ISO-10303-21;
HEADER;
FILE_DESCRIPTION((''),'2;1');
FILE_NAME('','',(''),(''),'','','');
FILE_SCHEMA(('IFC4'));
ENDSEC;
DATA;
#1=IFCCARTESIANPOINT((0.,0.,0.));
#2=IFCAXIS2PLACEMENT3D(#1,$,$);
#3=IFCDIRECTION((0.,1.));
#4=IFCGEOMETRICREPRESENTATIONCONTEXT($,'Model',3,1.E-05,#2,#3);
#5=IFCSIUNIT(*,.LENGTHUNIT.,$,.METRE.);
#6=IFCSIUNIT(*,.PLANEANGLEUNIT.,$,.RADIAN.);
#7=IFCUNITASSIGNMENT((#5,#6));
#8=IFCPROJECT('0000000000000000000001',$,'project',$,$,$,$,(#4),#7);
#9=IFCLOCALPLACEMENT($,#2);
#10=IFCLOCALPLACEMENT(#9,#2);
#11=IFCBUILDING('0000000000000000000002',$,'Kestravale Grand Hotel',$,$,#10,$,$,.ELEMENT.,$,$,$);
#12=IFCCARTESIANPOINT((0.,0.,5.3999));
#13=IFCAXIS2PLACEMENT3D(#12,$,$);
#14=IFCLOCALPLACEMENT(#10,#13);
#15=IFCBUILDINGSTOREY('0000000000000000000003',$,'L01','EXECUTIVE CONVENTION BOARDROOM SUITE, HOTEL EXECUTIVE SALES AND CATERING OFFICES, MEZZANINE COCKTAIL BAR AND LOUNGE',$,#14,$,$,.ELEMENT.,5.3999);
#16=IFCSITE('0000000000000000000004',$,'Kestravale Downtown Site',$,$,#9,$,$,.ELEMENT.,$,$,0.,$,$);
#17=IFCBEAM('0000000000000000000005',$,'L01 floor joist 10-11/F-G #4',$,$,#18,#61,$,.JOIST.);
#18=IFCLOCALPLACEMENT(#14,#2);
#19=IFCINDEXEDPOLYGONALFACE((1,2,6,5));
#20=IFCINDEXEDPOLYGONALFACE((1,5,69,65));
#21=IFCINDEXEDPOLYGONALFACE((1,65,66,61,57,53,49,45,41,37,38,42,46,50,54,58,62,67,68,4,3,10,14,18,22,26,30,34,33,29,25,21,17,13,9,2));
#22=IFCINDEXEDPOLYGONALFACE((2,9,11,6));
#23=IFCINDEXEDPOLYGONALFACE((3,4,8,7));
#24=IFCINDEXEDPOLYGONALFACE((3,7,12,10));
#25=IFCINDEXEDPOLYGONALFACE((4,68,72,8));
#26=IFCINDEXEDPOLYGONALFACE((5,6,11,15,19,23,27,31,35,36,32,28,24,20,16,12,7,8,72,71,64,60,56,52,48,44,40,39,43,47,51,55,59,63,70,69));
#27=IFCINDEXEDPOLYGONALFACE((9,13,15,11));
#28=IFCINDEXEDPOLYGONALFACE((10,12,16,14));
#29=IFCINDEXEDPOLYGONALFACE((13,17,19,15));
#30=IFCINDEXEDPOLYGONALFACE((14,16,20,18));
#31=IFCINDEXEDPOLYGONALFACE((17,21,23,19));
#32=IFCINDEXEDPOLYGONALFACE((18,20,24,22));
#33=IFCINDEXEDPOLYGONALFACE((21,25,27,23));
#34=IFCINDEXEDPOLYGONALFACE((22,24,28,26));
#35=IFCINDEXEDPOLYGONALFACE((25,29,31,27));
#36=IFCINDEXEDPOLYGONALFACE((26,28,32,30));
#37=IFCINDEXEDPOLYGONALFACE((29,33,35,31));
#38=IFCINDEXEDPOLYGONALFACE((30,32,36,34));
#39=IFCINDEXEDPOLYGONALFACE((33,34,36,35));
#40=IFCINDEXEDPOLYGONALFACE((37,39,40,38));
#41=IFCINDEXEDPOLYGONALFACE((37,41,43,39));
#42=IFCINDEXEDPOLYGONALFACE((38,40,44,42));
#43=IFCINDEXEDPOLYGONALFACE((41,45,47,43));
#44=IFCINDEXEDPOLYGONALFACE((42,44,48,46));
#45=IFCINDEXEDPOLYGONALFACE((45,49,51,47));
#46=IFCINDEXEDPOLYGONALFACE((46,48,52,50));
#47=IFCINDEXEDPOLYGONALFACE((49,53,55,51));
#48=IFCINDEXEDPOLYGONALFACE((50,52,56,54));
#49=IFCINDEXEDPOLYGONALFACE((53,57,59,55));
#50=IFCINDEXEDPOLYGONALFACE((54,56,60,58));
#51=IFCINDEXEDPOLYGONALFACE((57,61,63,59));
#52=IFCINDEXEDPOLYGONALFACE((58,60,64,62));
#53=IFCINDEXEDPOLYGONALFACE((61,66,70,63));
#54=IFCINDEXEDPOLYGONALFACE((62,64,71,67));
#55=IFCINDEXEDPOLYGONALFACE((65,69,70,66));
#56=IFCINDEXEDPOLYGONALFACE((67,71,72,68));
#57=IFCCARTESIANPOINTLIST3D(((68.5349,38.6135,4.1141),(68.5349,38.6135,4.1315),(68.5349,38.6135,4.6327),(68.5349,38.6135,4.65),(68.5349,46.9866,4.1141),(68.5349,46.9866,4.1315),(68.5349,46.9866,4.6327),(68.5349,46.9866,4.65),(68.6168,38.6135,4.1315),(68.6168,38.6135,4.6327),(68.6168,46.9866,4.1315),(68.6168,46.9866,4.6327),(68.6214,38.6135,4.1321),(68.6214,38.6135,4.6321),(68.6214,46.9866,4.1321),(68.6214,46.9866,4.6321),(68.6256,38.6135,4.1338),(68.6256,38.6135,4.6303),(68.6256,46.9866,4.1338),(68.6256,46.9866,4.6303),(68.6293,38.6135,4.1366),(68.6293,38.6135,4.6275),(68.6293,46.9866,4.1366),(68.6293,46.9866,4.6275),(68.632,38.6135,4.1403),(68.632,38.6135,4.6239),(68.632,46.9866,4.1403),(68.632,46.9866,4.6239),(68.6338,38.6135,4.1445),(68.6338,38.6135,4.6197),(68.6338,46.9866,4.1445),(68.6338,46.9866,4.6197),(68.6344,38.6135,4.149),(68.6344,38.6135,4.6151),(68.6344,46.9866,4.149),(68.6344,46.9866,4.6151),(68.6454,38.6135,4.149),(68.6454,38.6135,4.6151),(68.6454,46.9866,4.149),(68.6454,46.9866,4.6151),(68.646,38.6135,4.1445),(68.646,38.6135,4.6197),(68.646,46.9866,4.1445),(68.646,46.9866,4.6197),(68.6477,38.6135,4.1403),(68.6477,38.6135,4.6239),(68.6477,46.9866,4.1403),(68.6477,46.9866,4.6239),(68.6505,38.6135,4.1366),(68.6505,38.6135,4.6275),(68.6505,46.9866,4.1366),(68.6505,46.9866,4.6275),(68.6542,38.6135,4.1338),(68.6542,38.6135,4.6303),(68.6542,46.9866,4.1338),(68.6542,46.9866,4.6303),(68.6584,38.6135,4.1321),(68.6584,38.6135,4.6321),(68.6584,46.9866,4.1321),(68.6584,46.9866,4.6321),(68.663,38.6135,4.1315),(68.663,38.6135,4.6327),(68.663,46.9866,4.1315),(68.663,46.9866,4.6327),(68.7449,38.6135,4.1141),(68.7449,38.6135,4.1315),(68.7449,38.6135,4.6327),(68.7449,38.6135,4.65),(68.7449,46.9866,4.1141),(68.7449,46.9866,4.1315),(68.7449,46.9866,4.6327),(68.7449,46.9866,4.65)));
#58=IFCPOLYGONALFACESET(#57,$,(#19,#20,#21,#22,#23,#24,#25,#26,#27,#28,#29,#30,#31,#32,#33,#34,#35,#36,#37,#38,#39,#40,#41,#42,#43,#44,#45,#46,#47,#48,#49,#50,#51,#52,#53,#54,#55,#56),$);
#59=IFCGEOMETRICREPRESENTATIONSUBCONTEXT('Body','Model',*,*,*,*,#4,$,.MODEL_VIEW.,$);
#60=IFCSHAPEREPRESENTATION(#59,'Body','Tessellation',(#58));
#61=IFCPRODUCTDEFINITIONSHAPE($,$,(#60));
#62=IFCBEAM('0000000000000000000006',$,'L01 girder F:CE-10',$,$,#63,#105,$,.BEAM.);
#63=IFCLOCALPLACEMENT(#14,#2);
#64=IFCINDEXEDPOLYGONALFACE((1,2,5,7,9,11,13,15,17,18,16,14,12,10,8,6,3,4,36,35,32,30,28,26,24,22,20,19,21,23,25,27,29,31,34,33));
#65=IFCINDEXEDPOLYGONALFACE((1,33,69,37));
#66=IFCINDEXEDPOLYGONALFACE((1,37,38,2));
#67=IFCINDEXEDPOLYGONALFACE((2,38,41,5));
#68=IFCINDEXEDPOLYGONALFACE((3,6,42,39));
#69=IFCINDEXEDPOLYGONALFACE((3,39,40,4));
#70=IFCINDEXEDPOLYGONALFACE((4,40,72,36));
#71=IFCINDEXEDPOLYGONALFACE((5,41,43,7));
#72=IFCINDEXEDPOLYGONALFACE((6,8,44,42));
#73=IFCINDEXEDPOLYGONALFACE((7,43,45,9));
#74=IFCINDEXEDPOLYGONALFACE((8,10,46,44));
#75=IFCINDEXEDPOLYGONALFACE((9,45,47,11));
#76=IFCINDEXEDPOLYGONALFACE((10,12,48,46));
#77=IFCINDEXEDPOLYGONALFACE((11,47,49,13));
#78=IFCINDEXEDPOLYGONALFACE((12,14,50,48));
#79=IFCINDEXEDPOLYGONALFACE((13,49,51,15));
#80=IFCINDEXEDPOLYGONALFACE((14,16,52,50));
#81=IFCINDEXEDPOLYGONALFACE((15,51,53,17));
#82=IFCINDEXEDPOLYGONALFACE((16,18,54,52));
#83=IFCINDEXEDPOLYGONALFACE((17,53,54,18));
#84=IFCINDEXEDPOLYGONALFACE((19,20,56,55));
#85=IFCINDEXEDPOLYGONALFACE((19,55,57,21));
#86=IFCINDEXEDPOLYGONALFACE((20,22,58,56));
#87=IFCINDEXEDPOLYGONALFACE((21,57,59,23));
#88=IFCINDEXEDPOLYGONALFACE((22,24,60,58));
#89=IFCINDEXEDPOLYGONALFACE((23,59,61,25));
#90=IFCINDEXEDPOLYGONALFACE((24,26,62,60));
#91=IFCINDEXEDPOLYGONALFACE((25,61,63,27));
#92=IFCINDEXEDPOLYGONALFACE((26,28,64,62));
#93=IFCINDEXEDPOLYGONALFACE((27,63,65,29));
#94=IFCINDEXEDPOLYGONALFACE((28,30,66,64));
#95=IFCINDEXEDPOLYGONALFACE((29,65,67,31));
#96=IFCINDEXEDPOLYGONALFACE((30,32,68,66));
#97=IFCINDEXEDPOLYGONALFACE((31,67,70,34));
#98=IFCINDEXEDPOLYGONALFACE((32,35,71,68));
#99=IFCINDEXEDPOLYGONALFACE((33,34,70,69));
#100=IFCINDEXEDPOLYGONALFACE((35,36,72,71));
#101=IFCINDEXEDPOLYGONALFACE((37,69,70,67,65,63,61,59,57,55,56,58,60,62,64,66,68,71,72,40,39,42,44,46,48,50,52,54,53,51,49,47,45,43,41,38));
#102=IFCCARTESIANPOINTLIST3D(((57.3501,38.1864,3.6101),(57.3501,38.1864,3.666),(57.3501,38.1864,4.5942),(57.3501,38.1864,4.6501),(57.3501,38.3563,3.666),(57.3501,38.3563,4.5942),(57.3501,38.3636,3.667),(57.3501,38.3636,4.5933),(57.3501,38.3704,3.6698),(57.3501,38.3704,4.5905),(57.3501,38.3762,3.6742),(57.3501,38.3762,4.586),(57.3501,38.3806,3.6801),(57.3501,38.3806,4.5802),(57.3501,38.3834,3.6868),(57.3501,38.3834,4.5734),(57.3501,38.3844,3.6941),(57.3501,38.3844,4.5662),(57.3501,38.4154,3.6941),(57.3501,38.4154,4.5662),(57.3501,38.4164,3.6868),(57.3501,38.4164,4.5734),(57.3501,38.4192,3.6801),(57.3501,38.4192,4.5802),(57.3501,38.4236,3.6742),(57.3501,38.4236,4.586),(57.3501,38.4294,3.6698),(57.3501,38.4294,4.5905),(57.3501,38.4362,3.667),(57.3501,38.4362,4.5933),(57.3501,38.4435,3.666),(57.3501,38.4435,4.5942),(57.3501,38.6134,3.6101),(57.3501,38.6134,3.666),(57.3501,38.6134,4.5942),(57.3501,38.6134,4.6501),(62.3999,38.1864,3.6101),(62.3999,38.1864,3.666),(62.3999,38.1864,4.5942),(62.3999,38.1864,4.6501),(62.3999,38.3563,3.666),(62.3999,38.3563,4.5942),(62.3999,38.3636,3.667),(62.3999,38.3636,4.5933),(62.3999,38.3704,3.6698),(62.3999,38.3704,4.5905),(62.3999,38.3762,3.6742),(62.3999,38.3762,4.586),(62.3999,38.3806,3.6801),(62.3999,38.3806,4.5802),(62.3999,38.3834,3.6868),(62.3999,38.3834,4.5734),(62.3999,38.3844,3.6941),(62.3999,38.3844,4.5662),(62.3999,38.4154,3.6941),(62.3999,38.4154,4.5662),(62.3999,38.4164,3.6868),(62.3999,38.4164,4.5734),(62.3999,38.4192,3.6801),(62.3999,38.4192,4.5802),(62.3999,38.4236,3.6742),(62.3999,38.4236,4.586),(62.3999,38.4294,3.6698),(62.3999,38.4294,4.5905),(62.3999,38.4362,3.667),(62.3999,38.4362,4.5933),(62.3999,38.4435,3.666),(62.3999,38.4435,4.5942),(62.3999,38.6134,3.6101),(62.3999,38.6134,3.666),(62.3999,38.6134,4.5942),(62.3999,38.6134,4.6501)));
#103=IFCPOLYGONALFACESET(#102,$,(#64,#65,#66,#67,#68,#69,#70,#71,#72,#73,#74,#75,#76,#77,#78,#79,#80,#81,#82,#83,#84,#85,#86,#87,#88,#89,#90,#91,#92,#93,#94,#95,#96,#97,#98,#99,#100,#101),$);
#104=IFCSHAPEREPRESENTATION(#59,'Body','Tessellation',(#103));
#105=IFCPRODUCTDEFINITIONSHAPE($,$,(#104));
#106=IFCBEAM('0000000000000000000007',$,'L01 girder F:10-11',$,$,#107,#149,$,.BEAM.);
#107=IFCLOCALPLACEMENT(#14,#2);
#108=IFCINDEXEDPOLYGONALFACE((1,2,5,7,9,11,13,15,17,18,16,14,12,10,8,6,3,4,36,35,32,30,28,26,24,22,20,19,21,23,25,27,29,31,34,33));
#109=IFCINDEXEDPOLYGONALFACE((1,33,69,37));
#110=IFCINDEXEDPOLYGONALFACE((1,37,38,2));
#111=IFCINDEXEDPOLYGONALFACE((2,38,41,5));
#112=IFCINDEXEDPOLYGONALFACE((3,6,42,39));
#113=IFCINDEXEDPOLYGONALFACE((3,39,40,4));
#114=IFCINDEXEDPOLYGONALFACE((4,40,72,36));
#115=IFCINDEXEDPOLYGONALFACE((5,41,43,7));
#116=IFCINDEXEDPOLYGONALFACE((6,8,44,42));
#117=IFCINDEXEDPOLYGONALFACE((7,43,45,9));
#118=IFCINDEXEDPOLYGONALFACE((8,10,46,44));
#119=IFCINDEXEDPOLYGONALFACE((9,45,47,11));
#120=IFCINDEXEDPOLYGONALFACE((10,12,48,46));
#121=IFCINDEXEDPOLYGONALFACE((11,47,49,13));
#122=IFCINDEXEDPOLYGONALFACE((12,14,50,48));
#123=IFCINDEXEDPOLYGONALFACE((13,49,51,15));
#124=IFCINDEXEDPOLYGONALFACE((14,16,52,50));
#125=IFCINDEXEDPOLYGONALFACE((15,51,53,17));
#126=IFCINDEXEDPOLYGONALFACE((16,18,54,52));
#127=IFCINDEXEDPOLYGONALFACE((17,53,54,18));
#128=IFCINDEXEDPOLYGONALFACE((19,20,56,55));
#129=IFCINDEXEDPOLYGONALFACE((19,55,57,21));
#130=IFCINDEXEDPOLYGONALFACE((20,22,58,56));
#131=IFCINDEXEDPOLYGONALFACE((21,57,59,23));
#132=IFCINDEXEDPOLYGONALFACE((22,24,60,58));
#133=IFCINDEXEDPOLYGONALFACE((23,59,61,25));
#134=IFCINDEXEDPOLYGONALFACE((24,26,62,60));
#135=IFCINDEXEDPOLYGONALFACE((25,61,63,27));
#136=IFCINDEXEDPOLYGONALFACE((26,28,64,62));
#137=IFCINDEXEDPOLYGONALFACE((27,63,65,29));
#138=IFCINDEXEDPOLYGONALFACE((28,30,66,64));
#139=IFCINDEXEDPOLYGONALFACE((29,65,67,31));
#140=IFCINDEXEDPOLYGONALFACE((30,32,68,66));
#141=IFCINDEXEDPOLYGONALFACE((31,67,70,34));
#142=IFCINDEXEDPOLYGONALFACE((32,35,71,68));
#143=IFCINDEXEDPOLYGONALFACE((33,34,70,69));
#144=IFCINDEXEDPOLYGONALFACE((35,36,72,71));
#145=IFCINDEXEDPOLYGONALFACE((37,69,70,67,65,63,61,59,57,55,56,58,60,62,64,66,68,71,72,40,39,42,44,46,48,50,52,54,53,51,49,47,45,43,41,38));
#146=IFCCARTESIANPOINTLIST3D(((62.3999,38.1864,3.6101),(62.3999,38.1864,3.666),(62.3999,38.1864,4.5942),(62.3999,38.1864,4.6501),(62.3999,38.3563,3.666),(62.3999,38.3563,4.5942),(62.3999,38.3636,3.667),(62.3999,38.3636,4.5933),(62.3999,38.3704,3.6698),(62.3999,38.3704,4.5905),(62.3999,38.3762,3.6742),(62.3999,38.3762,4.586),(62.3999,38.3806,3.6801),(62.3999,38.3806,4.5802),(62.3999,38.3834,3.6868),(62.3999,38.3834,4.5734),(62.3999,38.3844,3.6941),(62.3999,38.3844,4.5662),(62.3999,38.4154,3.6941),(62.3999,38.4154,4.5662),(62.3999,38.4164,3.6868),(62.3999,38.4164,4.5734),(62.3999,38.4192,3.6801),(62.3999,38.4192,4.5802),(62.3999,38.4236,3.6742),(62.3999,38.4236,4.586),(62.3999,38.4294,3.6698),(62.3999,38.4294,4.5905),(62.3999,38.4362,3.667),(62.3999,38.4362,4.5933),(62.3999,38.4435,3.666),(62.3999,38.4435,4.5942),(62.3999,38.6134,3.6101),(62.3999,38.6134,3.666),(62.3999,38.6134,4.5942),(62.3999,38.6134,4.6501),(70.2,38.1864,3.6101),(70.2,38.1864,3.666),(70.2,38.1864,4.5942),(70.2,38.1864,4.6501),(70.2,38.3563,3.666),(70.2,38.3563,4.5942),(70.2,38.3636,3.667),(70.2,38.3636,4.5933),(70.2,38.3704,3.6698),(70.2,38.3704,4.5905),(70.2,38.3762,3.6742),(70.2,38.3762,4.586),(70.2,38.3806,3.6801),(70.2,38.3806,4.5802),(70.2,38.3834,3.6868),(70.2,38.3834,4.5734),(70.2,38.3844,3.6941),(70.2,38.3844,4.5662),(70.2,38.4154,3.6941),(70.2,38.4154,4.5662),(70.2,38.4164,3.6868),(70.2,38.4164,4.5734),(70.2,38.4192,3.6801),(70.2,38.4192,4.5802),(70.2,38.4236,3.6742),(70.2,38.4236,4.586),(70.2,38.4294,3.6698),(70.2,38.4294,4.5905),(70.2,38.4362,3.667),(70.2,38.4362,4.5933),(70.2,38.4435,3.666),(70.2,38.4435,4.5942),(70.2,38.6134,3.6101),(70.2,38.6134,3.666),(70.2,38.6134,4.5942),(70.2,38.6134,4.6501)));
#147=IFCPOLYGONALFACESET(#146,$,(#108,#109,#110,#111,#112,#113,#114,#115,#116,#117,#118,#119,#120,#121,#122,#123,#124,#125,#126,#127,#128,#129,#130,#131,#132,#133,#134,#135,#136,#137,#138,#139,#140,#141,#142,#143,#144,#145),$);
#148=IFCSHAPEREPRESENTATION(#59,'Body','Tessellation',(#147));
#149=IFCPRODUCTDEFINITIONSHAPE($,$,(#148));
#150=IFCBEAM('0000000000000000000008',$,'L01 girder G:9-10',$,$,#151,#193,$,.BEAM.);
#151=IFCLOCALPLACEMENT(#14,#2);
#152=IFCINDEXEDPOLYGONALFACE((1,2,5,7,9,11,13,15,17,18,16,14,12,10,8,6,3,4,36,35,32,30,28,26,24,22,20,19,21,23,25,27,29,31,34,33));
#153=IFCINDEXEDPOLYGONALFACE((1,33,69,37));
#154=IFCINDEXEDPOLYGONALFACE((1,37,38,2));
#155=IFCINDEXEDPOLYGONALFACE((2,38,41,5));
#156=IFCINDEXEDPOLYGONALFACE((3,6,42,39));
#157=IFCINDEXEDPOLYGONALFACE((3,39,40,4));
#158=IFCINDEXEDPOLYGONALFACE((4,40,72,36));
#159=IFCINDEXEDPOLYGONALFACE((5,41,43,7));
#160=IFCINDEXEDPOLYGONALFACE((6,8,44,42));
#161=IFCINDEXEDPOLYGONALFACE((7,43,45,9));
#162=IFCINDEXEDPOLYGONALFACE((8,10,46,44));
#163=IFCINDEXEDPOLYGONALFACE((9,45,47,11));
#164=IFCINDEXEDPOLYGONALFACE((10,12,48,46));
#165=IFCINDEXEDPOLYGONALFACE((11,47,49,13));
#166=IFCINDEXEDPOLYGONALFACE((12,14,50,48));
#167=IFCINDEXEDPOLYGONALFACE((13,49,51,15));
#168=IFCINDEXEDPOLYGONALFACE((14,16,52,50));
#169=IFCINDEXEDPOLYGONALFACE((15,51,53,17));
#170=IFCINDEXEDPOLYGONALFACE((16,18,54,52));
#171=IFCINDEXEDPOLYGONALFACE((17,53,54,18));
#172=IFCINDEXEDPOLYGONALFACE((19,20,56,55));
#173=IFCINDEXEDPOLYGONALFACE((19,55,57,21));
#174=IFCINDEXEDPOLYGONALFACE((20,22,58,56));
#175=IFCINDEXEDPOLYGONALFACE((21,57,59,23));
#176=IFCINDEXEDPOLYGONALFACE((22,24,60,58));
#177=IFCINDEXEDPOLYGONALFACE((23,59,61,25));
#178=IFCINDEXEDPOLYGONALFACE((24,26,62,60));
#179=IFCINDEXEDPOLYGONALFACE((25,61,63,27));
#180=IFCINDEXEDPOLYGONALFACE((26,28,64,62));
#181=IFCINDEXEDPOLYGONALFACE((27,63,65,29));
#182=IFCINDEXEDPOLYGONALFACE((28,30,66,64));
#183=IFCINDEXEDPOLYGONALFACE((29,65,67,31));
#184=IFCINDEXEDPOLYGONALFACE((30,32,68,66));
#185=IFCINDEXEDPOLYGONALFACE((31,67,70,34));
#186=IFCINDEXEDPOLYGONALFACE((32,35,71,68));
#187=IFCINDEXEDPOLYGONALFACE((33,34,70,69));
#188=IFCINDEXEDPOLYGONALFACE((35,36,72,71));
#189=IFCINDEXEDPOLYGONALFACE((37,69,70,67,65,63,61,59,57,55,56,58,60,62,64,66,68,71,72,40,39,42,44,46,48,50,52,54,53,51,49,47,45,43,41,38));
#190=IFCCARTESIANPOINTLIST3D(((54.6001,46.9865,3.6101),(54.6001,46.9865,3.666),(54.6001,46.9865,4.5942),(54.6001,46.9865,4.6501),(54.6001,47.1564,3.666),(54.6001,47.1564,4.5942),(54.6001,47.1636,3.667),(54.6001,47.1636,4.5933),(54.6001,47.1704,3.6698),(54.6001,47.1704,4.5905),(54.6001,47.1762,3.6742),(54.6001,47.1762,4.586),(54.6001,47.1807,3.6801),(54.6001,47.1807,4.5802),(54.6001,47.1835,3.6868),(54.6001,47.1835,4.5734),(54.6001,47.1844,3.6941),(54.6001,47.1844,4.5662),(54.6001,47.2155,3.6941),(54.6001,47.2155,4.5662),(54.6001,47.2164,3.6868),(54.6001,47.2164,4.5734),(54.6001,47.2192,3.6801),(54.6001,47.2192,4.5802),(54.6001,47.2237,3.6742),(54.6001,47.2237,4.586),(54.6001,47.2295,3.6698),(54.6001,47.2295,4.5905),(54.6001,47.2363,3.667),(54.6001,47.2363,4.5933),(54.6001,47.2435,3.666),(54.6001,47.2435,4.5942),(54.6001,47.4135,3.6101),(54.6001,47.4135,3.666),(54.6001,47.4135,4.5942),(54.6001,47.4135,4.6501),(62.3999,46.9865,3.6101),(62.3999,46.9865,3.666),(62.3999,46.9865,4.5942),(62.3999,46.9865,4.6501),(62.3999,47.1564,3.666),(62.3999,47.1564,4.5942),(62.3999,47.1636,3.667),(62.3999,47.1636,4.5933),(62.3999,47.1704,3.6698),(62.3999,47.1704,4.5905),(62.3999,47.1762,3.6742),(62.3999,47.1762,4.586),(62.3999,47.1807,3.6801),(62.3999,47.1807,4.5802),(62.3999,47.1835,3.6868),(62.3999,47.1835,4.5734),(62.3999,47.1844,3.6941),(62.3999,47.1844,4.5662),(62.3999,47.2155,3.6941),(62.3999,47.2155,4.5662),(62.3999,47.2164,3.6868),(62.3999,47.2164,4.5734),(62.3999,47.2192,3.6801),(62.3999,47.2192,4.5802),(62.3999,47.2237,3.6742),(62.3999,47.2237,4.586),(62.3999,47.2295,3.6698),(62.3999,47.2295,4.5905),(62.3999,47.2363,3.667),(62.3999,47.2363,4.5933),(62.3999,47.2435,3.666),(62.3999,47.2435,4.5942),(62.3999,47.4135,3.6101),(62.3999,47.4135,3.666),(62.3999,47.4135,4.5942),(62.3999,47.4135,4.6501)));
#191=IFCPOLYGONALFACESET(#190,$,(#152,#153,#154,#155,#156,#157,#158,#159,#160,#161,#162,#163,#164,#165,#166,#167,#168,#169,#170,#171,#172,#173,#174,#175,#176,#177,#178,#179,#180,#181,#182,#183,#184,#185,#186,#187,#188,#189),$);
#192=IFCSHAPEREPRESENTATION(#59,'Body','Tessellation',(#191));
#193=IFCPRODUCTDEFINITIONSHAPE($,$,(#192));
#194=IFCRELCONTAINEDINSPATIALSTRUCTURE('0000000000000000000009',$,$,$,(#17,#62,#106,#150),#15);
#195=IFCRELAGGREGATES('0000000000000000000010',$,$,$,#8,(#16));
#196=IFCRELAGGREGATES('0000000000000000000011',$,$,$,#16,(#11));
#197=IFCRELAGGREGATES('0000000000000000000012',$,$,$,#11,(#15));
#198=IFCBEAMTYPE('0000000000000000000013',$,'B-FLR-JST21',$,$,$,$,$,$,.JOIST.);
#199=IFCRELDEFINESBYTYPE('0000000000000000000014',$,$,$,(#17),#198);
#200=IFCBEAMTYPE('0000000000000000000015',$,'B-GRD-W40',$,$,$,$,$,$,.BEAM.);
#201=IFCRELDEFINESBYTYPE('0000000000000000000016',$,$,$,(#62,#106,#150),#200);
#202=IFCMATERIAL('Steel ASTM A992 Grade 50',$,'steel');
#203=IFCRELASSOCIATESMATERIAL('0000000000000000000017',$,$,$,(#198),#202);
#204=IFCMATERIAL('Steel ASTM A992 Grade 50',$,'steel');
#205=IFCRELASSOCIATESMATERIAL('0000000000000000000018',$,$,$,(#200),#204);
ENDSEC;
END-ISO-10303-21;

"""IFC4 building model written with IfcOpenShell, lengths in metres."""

from ifc_helpers import new_model, si_unit, direction, frame, origin, origin_2d, place, context, subcontext, project, spatial, i_section, extrude, material, material_profile, profile_set, type_object, element, save


model = new_model("IFC4")

# Units and contexts
model_context = context("Model", 3, precision=1e-05, world=origin(), true_north=direction((0.0, 1.0)))
body_context = subcontext(model_context, "Body", "Model", "MODEL_VIEW")
ifc_project = project(units=[si_unit("LENGTHUNIT", "METRE"), si_unit("PLANEANGLEUNIT", "RADIAN")], contexts=[model_context])

# Site, building, storey
site_placement = place(None, origin())
site = spatial("IfcSite", under=ifc_project, at=site_placement, Name="Kestravale Downtown Site", CompositionType="ELEMENT", RefElevation=0.0)
building_placement = place(site_placement, origin())
building = spatial("IfcBuilding", under=site, at=building_placement, Name="Kestravale Grand Hotel", CompositionType="ELEMENT")
storey_placement = place(building_placement, frame((0.0, 0.0, 5.3999)))
storey = spatial("IfcBuildingStorey", under=building, at=storey_placement, Name="L01", Description="EXECUTIVE CONVENTION BOARDROOM SUITE, HOTEL EXECUTIVE SALES AND CATERING OFFICES, MEZZANINE COCKTAIL BAR AND LOUNGE", CompositionType="ELEMENT", Elevation=5.3999)

# Beams
ifc_material_1 = material(Name="Steel ASTM A992 Grade 50", Category="steel")
ifc_material_profile_1 = material_profile(ifc_material_1, i_section(OverallWidth=0.21, OverallDepth=0.5359, WebThickness=0.011, FlangeThickness=0.0173, FilletRadius=0.0176, at=origin_2d()))
ifc_profile_set_1 = profile_set([ifc_material_profile_1], Name="Steel ASTM A992 Grade 50")
beam_type_1 = type_object("IfcBeamType", Name="B-FLR-JST21", PredefinedType="JOIST", material=ifc_profile_set_1)
for number, where, z_axis, x_axis, name in (
    (1, (68.6399, 38.6135, 4.3821), (0.0, 1.0, 0.0), (-1.0, 0.0, 0.0), "L01 floor joist 10-11/F-G #4"),
):
    element("IfcBeam", number, at=place(storey_placement, frame(where, z_axis=z_axis, x_axis=x_axis)), inside=storey, type_object=beam_type_1, Name=name, PredefinedType="JOIST", context=body_context, shape_type="SweptSolid", body=[
        extrude(i_section(OverallWidth=0.21, OverallDepth=0.5359, WebThickness=0.011, FlangeThickness=0.0173, FilletRadius=0.0176, at=origin_2d()), origin(), (0.0, 0.0, 1.0), 8.373),
    ])
ifc_material_2 = material(Name="Steel ASTM A992 Grade 50", Category="steel")
ifc_material_profile_2 = material_profile(ifc_material_2, i_section(OverallWidth=0.427, OverallDepth=1.04, WebThickness=0.031, FlangeThickness=0.0559, FilletRadius=0.0281, at=origin_2d()))
ifc_profile_set_2 = profile_set([ifc_material_profile_2], Name="Steel ASTM A992 Grade 50")
beam_type_2 = type_object("IfcBeamType", Name="B-GRD-W40", PredefinedType="BEAM", material=ifc_profile_set_2)
beam_1_placement = place(storey_placement, frame((57.3501, 38.3999, 4.1301), z_axis=(1.0, 0.0, 0.0), x_axis=(0.0, 1.0, 0.0)))
element("IfcBeam", 2, at=beam_1_placement, inside=storey, type_object=beam_type_2, Name="L01 girder F:CE-10", PredefinedType="BEAM", context=body_context, shape_type="SweptSolid", body=[
    extrude(i_section(OverallWidth=0.427, OverallDepth=1.04, WebThickness=0.031, FlangeThickness=0.0559, FilletRadius=0.0281, at=origin_2d()), origin(), (0.0, 0.0, 1.0), 5.0498),
])
beam_2_placement = place(storey_placement, frame((62.3999, 38.3999, 4.1301), z_axis=(1.0, 0.0, 0.0), x_axis=(0.0, 1.0, 0.0)))
element("IfcBeam", 3, at=beam_2_placement, inside=storey, type_object=beam_type_2, Name="L01 girder F:10-11", PredefinedType="BEAM", context=body_context, shape_type="SweptSolid", body=[
    extrude(i_section(OverallWidth=0.427, OverallDepth=1.04, WebThickness=0.031, FlangeThickness=0.0559, FilletRadius=0.0281, at=origin_2d()), origin(), (0.0, 0.0, 1.0), 7.8),
])
beam_3_placement = place(storey_placement, frame((54.6001, 47.2, 4.1301), z_axis=(1.0, 0.0, 0.0), x_axis=(0.0, 1.0, 0.0)))
element("IfcBeam", 4, at=beam_3_placement, inside=storey, type_object=beam_type_2, Name="L01 girder G:9-10", PredefinedType="BEAM", context=body_context, shape_type="SweptSolid", body=[
    extrude(i_section(OverallWidth=0.427, OverallDepth=1.04, WebThickness=0.031, FlangeThickness=0.0559, FilletRadius=0.0281, at=origin_2d()), origin(), (0.0, 0.0, 1.0), 7.7998),
])

save(model, "model.ifc")
